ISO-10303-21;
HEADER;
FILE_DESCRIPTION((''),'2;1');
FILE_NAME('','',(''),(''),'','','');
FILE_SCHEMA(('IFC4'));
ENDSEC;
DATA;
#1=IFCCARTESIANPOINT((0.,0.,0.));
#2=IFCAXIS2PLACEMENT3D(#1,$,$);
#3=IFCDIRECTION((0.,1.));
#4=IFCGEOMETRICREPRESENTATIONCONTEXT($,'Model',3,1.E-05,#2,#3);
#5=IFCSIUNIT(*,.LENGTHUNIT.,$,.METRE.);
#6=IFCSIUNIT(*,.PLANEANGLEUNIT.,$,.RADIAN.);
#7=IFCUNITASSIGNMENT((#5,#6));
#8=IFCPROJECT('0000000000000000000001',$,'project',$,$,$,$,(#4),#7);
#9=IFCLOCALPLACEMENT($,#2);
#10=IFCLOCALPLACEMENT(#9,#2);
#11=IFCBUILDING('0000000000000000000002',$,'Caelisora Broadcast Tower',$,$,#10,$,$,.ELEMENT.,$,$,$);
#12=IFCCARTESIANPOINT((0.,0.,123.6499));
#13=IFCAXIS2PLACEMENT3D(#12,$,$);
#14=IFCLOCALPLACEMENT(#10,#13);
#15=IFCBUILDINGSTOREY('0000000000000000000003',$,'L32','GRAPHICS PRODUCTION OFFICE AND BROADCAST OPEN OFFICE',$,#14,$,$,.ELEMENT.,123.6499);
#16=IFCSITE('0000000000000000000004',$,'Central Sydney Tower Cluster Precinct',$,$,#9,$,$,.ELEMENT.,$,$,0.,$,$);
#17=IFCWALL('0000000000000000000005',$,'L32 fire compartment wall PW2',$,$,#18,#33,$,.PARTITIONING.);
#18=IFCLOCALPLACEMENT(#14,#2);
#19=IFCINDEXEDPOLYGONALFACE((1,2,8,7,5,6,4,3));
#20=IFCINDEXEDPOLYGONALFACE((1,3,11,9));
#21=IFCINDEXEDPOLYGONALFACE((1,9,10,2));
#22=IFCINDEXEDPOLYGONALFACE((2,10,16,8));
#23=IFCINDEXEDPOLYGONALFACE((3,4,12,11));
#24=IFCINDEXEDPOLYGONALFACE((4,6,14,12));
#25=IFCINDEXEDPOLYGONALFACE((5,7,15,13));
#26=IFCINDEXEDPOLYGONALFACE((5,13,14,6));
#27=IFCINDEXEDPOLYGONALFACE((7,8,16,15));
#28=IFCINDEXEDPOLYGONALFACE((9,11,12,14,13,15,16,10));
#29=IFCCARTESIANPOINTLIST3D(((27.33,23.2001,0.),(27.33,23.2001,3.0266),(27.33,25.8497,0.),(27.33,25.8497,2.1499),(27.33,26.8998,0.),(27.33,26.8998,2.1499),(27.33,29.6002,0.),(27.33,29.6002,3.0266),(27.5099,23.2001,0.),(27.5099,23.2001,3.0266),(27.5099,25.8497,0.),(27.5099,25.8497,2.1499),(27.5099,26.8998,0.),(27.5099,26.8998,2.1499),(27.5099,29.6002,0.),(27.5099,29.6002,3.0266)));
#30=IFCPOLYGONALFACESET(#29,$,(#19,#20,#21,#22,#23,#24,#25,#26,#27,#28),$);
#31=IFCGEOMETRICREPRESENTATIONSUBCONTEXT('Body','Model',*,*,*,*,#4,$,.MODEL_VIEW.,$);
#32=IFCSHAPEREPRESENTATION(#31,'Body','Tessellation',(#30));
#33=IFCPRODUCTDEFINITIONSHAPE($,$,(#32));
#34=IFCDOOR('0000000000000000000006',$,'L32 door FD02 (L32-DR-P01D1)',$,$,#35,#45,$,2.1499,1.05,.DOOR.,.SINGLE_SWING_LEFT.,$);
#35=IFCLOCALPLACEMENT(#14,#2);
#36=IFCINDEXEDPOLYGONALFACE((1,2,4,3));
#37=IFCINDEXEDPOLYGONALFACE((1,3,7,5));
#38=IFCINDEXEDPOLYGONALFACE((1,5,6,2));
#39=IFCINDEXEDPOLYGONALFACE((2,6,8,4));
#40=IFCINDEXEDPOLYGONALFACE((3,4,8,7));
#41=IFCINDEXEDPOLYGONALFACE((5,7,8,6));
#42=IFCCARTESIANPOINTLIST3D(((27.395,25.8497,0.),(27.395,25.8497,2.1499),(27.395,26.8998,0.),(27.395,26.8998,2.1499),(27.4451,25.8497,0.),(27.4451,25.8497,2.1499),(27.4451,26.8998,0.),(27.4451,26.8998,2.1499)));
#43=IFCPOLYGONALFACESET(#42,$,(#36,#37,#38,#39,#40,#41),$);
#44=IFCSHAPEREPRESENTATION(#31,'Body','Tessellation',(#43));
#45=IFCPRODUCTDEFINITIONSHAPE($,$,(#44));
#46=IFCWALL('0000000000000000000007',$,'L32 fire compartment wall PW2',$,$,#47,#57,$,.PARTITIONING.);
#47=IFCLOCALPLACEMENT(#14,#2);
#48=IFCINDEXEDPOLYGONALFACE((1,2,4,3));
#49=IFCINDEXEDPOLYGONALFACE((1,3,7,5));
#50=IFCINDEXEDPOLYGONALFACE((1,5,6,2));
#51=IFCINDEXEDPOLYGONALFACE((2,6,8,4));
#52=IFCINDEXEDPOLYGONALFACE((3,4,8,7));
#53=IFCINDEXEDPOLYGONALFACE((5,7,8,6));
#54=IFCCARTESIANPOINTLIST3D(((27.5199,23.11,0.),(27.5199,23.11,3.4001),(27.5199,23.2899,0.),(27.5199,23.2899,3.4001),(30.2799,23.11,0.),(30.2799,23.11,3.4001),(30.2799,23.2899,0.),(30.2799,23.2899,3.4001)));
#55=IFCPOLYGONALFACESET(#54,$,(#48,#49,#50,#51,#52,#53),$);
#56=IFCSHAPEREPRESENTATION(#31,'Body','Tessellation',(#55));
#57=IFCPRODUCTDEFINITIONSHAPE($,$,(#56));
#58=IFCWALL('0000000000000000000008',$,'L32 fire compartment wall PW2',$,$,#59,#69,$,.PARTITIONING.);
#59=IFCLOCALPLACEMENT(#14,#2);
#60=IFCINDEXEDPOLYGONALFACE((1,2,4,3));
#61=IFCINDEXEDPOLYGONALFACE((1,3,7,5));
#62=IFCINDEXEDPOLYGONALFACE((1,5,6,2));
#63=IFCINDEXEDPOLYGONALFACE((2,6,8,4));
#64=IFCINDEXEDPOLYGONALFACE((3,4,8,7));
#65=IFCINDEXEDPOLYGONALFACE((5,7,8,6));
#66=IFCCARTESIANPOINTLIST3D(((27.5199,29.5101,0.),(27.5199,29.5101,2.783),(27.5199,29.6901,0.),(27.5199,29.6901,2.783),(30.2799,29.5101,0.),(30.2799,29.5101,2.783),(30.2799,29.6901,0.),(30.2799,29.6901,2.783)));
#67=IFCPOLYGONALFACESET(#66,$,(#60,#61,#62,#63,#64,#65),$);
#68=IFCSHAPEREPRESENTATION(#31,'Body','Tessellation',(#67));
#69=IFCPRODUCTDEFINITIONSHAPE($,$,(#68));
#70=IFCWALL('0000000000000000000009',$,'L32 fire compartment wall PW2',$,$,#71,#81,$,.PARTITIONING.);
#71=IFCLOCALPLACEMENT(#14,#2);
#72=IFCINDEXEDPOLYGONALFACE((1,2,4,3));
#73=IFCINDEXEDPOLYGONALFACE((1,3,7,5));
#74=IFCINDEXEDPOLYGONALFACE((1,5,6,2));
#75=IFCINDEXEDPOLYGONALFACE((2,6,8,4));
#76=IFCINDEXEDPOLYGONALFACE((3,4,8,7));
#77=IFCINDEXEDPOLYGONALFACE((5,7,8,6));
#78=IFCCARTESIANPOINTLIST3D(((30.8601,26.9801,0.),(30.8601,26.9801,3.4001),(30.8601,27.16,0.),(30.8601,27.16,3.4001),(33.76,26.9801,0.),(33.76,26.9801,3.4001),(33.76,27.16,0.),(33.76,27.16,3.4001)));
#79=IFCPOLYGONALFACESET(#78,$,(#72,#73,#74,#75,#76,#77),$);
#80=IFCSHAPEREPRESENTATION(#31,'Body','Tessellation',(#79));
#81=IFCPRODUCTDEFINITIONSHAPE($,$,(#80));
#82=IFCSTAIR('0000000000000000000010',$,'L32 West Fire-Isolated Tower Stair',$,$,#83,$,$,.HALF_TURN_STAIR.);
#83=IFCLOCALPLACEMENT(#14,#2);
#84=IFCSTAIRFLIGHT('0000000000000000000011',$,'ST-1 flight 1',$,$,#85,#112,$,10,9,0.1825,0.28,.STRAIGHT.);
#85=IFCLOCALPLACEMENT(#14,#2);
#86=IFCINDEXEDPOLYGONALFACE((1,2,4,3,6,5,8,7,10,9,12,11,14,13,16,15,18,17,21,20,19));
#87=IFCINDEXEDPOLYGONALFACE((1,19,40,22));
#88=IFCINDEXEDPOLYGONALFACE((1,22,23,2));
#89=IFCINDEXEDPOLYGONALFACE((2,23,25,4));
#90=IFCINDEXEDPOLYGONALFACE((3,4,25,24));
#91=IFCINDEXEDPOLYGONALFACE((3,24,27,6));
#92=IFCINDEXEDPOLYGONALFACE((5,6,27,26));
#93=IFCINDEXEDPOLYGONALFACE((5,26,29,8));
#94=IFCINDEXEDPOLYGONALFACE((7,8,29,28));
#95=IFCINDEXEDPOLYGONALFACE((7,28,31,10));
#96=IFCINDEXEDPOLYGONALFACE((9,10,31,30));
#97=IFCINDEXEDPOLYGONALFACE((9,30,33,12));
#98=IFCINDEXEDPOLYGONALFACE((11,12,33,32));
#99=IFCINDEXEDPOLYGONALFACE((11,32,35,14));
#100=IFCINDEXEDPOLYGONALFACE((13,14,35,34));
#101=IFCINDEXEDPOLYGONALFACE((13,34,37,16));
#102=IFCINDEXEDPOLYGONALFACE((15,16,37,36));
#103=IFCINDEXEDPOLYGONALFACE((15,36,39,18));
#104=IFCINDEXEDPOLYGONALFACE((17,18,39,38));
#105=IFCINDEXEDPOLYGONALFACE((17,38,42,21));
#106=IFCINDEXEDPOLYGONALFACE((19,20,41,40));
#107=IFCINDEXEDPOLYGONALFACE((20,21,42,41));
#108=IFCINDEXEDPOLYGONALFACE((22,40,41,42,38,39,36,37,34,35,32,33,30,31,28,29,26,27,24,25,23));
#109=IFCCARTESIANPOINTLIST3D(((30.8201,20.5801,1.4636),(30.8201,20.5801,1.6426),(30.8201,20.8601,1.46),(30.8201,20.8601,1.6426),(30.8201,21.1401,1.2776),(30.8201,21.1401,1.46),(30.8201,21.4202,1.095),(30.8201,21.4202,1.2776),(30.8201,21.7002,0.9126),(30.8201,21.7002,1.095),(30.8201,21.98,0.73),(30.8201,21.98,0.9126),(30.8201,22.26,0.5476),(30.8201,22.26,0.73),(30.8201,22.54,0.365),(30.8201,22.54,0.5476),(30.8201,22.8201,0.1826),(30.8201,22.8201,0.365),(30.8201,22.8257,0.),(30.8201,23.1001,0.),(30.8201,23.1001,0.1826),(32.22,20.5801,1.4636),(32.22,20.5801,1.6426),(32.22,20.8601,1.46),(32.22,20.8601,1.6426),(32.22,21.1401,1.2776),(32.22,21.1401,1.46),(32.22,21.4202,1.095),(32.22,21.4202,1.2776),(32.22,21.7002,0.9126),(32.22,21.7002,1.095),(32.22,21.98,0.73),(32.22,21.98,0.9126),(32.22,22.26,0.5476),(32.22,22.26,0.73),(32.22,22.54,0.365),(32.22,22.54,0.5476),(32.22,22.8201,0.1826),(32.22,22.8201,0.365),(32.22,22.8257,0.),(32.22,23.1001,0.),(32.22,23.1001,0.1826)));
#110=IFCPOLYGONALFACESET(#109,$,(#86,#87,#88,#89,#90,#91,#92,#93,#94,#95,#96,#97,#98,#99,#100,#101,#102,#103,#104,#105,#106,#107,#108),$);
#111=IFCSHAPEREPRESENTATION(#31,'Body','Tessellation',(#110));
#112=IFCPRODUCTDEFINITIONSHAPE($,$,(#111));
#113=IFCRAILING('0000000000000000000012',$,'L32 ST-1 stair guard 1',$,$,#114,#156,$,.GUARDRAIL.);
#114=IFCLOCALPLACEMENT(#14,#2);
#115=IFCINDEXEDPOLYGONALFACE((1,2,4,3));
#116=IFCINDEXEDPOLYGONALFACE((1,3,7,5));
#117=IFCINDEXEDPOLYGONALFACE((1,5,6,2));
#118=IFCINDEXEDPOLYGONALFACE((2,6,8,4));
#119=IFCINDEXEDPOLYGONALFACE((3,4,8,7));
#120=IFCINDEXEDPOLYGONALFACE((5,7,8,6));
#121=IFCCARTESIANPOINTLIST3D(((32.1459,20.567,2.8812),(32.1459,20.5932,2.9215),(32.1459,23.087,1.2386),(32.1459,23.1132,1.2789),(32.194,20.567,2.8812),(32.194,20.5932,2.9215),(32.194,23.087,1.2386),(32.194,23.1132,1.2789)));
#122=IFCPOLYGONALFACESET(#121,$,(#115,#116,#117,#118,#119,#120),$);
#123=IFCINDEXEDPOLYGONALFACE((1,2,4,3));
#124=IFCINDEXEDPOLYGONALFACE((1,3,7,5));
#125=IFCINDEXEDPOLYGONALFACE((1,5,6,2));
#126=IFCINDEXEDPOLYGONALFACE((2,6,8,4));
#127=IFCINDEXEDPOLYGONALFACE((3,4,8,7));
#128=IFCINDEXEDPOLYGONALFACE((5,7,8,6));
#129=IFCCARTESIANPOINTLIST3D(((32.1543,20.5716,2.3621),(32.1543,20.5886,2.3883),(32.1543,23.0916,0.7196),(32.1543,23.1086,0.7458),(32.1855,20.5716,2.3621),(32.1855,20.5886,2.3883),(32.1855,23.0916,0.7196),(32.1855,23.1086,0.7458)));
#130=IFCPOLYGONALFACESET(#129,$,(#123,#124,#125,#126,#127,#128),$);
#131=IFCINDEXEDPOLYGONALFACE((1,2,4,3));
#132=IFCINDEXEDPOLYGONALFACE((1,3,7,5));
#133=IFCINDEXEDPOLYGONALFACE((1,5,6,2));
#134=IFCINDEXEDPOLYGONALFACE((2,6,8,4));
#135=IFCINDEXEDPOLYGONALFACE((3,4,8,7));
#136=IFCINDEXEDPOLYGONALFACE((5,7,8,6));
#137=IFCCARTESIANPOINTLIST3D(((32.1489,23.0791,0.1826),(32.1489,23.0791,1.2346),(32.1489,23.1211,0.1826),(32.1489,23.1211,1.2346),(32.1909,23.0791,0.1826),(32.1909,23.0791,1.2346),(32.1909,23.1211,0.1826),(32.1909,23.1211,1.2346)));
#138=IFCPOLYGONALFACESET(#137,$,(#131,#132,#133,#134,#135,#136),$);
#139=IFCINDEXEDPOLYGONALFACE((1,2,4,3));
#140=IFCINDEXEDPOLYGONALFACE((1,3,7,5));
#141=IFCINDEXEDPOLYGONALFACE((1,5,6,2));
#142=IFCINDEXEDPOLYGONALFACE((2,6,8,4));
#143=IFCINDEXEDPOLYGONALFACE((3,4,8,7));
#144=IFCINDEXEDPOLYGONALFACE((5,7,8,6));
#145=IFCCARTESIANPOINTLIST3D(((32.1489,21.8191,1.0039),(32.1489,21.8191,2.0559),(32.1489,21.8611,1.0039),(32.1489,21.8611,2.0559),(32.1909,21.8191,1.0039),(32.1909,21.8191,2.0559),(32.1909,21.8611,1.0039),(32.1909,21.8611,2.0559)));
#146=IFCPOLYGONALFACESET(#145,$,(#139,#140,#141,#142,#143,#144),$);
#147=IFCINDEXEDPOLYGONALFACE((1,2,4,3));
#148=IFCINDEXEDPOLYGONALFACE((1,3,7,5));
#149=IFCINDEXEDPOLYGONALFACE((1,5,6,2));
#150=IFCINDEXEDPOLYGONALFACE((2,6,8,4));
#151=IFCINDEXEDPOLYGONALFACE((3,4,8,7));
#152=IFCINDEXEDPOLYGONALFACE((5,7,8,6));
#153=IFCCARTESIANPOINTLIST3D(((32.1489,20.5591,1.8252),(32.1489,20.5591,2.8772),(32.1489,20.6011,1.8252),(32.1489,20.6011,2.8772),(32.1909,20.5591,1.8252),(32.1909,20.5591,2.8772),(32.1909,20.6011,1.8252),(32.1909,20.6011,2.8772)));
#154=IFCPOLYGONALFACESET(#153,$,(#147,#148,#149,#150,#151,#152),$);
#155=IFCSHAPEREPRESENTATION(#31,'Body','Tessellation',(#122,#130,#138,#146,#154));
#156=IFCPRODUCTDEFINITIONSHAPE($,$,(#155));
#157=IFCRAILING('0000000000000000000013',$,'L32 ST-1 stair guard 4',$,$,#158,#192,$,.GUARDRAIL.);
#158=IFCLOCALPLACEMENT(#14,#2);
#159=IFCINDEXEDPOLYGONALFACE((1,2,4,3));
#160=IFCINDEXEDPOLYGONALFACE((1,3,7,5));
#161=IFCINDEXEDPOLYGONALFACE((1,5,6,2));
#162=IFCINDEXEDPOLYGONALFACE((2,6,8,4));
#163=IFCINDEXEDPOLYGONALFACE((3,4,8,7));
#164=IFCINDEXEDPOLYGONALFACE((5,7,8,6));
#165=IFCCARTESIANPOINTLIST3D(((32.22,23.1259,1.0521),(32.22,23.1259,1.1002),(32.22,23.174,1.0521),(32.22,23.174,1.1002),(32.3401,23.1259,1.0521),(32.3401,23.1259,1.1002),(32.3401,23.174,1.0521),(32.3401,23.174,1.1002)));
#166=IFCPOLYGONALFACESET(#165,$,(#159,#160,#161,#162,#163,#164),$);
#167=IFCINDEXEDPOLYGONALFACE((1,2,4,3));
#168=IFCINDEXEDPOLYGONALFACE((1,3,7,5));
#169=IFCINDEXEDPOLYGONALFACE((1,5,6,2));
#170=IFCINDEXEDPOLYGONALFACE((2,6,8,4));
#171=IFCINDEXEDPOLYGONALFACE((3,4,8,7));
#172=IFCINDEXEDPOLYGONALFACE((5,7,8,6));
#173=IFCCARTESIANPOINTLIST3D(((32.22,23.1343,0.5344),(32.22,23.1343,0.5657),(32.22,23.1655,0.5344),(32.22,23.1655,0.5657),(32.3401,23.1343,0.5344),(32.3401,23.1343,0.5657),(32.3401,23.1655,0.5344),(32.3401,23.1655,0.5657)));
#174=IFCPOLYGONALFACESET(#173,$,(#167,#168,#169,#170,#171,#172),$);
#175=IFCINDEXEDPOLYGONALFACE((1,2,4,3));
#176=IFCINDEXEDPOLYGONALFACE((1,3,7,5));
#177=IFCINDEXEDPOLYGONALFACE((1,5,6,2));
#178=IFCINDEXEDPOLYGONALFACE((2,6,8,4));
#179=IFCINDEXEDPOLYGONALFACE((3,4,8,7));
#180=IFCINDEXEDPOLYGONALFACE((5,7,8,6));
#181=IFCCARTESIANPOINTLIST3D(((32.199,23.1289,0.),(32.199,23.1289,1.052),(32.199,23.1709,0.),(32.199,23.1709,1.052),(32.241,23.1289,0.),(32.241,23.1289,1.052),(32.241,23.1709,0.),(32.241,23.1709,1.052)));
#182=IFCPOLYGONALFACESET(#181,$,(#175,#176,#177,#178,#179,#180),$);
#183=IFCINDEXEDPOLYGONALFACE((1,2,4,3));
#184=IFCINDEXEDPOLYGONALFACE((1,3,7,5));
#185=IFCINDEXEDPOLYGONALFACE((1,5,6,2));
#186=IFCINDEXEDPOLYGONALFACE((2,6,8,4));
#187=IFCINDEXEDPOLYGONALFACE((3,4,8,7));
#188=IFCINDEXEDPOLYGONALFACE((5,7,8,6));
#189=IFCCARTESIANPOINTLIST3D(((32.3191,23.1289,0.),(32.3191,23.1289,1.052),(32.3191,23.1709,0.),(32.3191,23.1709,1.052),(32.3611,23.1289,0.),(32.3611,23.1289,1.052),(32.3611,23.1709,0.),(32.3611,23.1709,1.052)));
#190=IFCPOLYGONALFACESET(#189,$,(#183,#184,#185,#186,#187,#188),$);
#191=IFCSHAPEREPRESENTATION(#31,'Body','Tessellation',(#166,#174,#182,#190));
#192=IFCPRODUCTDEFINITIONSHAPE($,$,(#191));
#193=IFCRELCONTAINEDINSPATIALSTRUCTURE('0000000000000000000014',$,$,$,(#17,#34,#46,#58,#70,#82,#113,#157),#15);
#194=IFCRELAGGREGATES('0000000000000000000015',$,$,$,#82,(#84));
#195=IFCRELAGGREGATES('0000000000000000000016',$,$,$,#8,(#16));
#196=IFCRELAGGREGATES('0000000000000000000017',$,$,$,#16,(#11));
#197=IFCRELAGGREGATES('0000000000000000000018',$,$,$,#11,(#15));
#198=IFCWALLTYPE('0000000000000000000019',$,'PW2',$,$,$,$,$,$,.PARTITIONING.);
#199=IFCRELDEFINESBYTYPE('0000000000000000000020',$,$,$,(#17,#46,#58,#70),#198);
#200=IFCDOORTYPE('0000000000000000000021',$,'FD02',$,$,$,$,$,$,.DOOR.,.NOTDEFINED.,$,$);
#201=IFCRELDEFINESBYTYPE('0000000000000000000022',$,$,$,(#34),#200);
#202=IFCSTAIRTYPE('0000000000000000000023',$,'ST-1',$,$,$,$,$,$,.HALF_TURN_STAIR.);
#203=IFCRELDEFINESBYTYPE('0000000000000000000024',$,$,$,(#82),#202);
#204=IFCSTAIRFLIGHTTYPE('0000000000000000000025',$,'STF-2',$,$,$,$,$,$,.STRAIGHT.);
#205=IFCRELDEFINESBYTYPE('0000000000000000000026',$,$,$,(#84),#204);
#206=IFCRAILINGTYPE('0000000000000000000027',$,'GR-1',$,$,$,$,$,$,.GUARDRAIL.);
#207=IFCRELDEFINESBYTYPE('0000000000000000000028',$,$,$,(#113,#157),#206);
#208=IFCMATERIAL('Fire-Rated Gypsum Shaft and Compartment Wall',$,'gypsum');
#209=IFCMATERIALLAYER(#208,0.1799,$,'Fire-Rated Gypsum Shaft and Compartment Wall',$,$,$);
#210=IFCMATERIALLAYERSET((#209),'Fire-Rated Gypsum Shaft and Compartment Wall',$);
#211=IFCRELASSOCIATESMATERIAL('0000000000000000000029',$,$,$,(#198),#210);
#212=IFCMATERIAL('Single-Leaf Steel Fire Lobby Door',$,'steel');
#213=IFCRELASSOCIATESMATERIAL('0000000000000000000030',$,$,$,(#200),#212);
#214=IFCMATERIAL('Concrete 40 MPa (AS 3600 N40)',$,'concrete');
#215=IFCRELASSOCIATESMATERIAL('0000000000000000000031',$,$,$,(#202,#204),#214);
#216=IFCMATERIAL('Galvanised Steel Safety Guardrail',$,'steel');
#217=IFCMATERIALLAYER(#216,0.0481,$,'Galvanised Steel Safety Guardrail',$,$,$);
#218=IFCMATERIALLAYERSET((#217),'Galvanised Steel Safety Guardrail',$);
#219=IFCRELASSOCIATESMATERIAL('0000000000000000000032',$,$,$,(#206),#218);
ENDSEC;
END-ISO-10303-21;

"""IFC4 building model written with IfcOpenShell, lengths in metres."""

from ifc_helpers import new_model, si_unit, direction, frame, frame_2d, origin, origin_2d, place, context, subcontext, project, spatial, polyline, rectangle, outline, extrude, material, layer, layer_set, type_object, element, fill, aggregate, save


model = new_model("IFC4")

# Units and contexts
model_context = context("Model", 3, precision=1e-05, world=origin(), true_north=direction((0.0, 1.0)))
body_context = subcontext(model_context, "Body", "Model", "MODEL_VIEW")
ifc_project = project(units=[si_unit("LENGTHUNIT", "METRE"), si_unit("PLANEANGLEUNIT", "RADIAN")], contexts=[model_context])

# Site, building, storey
site_placement = place(None, origin())
site = spatial("IfcSite", under=ifc_project, at=site_placement, Name="Central Sydney Tower Cluster Precinct", CompositionType="ELEMENT", RefElevation=0.0)
building_placement = place(site_placement, origin())
building = spatial("IfcBuilding", under=site, at=building_placement, Name="Caelisora Broadcast Tower", CompositionType="ELEMENT")
storey_placement = place(building_placement, frame((0.0, 0.0, 123.6499)))
storey = spatial("IfcBuildingStorey", under=building, at=storey_placement, Name="L32", Description="GRAPHICS PRODUCTION OFFICE AND BROADCAST OPEN OFFICE", CompositionType="ELEMENT", Elevation=123.6499)

# Shared definitions
ifc_material_1 = material(Name="Fire-Rated Gypsum Shaft and Compartment Wall", Category="gypsum")
ifc_layer_1 = layer(ifc_material_1, 0.1799, Name="Fire-Rated Gypsum Shaft and Compartment Wall")
ifc_layer_set_1 = layer_set([ifc_layer_1], Name="Fire-Rated Gypsum Shaft and Compartment Wall")
wall_type_1 = type_object("IfcWallType", Name="PW2", PredefinedType="PARTITIONING", material=ifc_layer_set_1)

# Wall, opening, door
wall_1_placement = place(storey_placement, frame((27.4199, 23.2, 0.0), z_axis=(0.0, 0.0, 1.0), x_axis=(0.0, 1.0, 0.0)))
wall_1 = element("IfcWall", 1, at=wall_1_placement, inside=storey, type_object=wall_type_1, Name="L32 fire compartment wall PW2", PredefinedType="PARTITIONING", context=body_context, shape_type="SweptSolid", body=[
    extrude(rectangle(XDim=6.4001, YDim=0.1799, at=frame_2d((3.2002, 0.0))), origin(), (0.0, 0.0, 1.0), 3.0266),
])
opening_placement = place(wall_1_placement, frame((2.6499, 0.0, 0.0)))
opening = element("IfcOpeningElement", 2, at=opening_placement, cuts=wall_1, PredefinedType="OPENING", context=body_context, shape_type="SweptSolid", body=[
    extrude(rectangle(XDim=1.05, YDim=2.1499, at=frame_2d((0.5249, 1.075))), frame((0.0, 0.1021, 0.0), z_axis=(0.0, -1.0, 0.0), x_axis=(1.0, 0.0, 0.0)), (0.0, 0.0, 1.0), 0.2039),
])
ifc_material_2 = material(Name="Single-Leaf Steel Fire Lobby Door", Category="steel")
door_type = type_object("IfcDoorType", Name="FD02", OperationType="NOTDEFINED", PredefinedType="DOOR", material=ifc_material_2)
door_placement = place(opening_placement, origin())
door = element("IfcDoor", 3, at=door_placement, inside=storey, type_object=door_type, Name="L32 door FD02 (L32-DR-P01D1)", OperationType="SINGLE_SWING_LEFT", OverallHeight=2.1499, OverallWidth=1.05, PredefinedType="DOOR", context=body_context, shape_type="SweptSolid", body=[
    extrude(rectangle(XDim=1.05, YDim=2.1499, at=frame_2d((0.5249, 1.075))), frame((0.0, 0.0249, 0.0), z_axis=(0.0, -1.0, 0.0), x_axis=(1.0, 0.0, 0.0)), (0.0, 0.0, 1.0), 0.05),
])
fill(opening, door)

# Walls
wall_2_placement = place(storey_placement, frame((27.52, 23.2, 0.0), z_axis=(0.0, 0.0, 1.0), x_axis=(1.0, 0.0, 0.0)))
element("IfcWall", 4, at=wall_2_placement, inside=storey, type_object=wall_type_1, Name="L32 fire compartment wall PW2", PredefinedType="PARTITIONING", context=body_context, shape_type="SweptSolid", body=[
    extrude(rectangle(XDim=2.76, YDim=0.1799, at=frame_2d((1.3799, 0.0))), origin(), (0.0, 0.0, 1.0), 3.4001),
])
wall_3_placement = place(storey_placement, frame((27.52, 29.6001, 0.0), z_axis=(0.0, 0.0, 1.0), x_axis=(1.0, 0.0, 0.0)))
element("IfcWall", 5, at=wall_3_placement, inside=storey, type_object=wall_type_1, Name="L32 fire compartment wall PW2", PredefinedType="PARTITIONING", context=body_context, shape_type="SweptSolid", body=[
    extrude(rectangle(XDim=2.76, YDim=0.1799, at=frame_2d((1.3799, 0.0))), origin(), (0.0, 0.0, 1.0), 2.783),
])
wall_4_placement = place(storey_placement, frame((30.8601, 27.0701, 0.0), z_axis=(0.0, 0.0, 1.0), x_axis=(1.0, 0.0, 0.0)))
element("IfcWall", 6, at=wall_4_placement, inside=storey, type_object=wall_type_1, Name="L32 fire compartment wall PW2", PredefinedType="PARTITIONING", context=body_context, shape_type="SweptSolid", body=[
    extrude(rectangle(XDim=2.8999, YDim=0.1799, at=frame_2d((1.45, 0.0))), origin(), (0.0, 0.0, 1.0), 3.4001),
])

# Stair, stair flight
ifc_material_3 = material(Name="Concrete 40 MPa (AS 3600 N40)", Category="concrete")
stair_type = type_object("IfcStairType", Name="ST-1", PredefinedType="HALF_TURN_STAIR", material=ifc_material_3)
stair_placement = place(storey_placement, origin())
stair = element("IfcStair", 7, at=stair_placement, inside=storey, type_object=stair_type, Name="L32 West Fire-Isolated Tower Stair", PredefinedType="HALF_TURN_STAIR")
stair_flight_type = type_object("IfcStairFlightType", Name="STF-2", PredefinedType="STRAIGHT", material=ifc_material_3)
stair_flight_placement = place(storey_placement, frame((31.52, 23.1001, 0.0), z_axis=(0.0, 0.0, 1.0), x_axis=(0.0, -1.0, 0.0)))
stair_flight = element("IfcStairFlight", 8, at=stair_flight_placement, type_object=stair_flight_type, Name="ST-1 flight 1", NumberOfRisers=10, NumberOfTreads=9, PredefinedType="STRAIGHT", RiserHeight=0.1825, TreadLength=0.28, context=body_context, shape_type="SweptSolid", body=[
    extrude(outline(polyline([(0.0, 0.0), (0.0, 0.1826), (0.28, 0.1826), (0.28, 0.365), (0.5601, 0.365), (0.5601, 0.5476), (0.8401, 0.5476), (0.8401, 0.73), (1.1201, 0.73), (1.1201, 0.9126), (1.3999, 0.9126), (1.3999, 1.095), (1.6799, 1.095), (1.6799, 1.2776), (1.96, 1.2776), (1.96, 1.46), (2.24, 1.46), (2.24, 1.6426), (2.52, 1.6426), (2.52, 1.825), (2.52, 1.4636), (0.2744, 0.0), (0.0, 0.0)])), frame((0.0, 0.7, 0.0), z_axis=(0.0, -1.0, 0.0), x_axis=(1.0, 0.0, 0.0)), (0.0, 0.0, 1.0), 1.3999),
])
aggregate(stair, [stair_flight])

# Railings
ifc_material_4 = material(Name="Galvanised Steel Safety Guardrail", Category="steel")
ifc_layer_2 = layer(ifc_material_4, 0.0481, Name="Galvanised Steel Safety Guardrail")
ifc_layer_set_2 = layer_set([ifc_layer_2], Name="Galvanised Steel Safety Guardrail")
railing_type = type_object("IfcRailingType", Name="GR-1", PredefinedType="GUARDRAIL", material=ifc_layer_set_2)
railing_1_placement = place(storey_placement, frame((32.1699, 23.1001, 0.1826)))
element("IfcRailing", 9, at=railing_1_placement, inside=storey, type_object=railing_type, Name="L32 ST-1 stair guard 1", PredefinedType="GUARDRAIL", context=body_context, shape_type="SweptSolid", body=[
    extrude(rectangle(XDim=0.0481, YDim=0.0481, at=origin_2d()), frame((0.0, 0.0, 1.0762), z_axis=(0.0, -0.837749, 0.546055), x_axis=(1.0, 0.0, 0.0)), (0.0, 0.0, 1.0), 3.0081),
    extrude(rectangle(XDim=0.0312, YDim=0.0312, at=origin_2d()), frame((0.0, 0.0, 0.55), z_axis=(0.0, -0.837749, 0.546055), x_axis=(1.0, 0.0, 0.0)), (0.0, 0.0, 1.0), 3.0081),
    extrude(rectangle(XDim=0.042, YDim=0.042, at=origin_2d()), origin(), (0.0, 0.0, 1.0), 1.052),
    extrude(rectangle(XDim=0.042, YDim=0.042, at=origin_2d()), frame((0.0, -1.26, 0.8213)), (0.0, 0.0, 1.0), 1.052),
    extrude(rectangle(XDim=0.042, YDim=0.042, at=origin_2d()), frame((0.0, -2.52, 1.6426)), (0.0, 0.0, 1.0), 1.052),
])
railing_2_placement = place(storey_placement, frame((32.22, 23.1499, 0.0)))
element("IfcRailing", 10, at=railing_2_placement, inside=storey, type_object=railing_type, Name="L32 ST-1 stair guard 4", PredefinedType="GUARDRAIL", context=body_context, shape_type="SweptSolid", body=[
    extrude(rectangle(XDim=0.0481, YDim=0.0481, at=origin_2d()), frame((0.0, 0.0, 1.0762), z_axis=(1.0, 0.0, 0.0), x_axis=(0.0, 1.0, 0.0)), (0.0, 0.0, 1.0), 0.1201),
    extrude(rectangle(XDim=0.0312, YDim=0.0312, at=origin_2d()), frame((0.0, 0.0, 0.55), z_axis=(1.0, 0.0, 0.0), x_axis=(0.0, 1.0, 0.0)), (0.0, 0.0, 1.0), 0.1201),
    extrude(rectangle(XDim=0.042, YDim=0.042, at=origin_2d()), origin(), (0.0, 0.0, 1.0), 1.052),
    extrude(rectangle(XDim=0.042, YDim=0.042, at=origin_2d()), frame((0.1201, 0.0, 0.0)), (0.0, 0.0, 1.0), 1.052),
])

save(model, "model.ifc")
